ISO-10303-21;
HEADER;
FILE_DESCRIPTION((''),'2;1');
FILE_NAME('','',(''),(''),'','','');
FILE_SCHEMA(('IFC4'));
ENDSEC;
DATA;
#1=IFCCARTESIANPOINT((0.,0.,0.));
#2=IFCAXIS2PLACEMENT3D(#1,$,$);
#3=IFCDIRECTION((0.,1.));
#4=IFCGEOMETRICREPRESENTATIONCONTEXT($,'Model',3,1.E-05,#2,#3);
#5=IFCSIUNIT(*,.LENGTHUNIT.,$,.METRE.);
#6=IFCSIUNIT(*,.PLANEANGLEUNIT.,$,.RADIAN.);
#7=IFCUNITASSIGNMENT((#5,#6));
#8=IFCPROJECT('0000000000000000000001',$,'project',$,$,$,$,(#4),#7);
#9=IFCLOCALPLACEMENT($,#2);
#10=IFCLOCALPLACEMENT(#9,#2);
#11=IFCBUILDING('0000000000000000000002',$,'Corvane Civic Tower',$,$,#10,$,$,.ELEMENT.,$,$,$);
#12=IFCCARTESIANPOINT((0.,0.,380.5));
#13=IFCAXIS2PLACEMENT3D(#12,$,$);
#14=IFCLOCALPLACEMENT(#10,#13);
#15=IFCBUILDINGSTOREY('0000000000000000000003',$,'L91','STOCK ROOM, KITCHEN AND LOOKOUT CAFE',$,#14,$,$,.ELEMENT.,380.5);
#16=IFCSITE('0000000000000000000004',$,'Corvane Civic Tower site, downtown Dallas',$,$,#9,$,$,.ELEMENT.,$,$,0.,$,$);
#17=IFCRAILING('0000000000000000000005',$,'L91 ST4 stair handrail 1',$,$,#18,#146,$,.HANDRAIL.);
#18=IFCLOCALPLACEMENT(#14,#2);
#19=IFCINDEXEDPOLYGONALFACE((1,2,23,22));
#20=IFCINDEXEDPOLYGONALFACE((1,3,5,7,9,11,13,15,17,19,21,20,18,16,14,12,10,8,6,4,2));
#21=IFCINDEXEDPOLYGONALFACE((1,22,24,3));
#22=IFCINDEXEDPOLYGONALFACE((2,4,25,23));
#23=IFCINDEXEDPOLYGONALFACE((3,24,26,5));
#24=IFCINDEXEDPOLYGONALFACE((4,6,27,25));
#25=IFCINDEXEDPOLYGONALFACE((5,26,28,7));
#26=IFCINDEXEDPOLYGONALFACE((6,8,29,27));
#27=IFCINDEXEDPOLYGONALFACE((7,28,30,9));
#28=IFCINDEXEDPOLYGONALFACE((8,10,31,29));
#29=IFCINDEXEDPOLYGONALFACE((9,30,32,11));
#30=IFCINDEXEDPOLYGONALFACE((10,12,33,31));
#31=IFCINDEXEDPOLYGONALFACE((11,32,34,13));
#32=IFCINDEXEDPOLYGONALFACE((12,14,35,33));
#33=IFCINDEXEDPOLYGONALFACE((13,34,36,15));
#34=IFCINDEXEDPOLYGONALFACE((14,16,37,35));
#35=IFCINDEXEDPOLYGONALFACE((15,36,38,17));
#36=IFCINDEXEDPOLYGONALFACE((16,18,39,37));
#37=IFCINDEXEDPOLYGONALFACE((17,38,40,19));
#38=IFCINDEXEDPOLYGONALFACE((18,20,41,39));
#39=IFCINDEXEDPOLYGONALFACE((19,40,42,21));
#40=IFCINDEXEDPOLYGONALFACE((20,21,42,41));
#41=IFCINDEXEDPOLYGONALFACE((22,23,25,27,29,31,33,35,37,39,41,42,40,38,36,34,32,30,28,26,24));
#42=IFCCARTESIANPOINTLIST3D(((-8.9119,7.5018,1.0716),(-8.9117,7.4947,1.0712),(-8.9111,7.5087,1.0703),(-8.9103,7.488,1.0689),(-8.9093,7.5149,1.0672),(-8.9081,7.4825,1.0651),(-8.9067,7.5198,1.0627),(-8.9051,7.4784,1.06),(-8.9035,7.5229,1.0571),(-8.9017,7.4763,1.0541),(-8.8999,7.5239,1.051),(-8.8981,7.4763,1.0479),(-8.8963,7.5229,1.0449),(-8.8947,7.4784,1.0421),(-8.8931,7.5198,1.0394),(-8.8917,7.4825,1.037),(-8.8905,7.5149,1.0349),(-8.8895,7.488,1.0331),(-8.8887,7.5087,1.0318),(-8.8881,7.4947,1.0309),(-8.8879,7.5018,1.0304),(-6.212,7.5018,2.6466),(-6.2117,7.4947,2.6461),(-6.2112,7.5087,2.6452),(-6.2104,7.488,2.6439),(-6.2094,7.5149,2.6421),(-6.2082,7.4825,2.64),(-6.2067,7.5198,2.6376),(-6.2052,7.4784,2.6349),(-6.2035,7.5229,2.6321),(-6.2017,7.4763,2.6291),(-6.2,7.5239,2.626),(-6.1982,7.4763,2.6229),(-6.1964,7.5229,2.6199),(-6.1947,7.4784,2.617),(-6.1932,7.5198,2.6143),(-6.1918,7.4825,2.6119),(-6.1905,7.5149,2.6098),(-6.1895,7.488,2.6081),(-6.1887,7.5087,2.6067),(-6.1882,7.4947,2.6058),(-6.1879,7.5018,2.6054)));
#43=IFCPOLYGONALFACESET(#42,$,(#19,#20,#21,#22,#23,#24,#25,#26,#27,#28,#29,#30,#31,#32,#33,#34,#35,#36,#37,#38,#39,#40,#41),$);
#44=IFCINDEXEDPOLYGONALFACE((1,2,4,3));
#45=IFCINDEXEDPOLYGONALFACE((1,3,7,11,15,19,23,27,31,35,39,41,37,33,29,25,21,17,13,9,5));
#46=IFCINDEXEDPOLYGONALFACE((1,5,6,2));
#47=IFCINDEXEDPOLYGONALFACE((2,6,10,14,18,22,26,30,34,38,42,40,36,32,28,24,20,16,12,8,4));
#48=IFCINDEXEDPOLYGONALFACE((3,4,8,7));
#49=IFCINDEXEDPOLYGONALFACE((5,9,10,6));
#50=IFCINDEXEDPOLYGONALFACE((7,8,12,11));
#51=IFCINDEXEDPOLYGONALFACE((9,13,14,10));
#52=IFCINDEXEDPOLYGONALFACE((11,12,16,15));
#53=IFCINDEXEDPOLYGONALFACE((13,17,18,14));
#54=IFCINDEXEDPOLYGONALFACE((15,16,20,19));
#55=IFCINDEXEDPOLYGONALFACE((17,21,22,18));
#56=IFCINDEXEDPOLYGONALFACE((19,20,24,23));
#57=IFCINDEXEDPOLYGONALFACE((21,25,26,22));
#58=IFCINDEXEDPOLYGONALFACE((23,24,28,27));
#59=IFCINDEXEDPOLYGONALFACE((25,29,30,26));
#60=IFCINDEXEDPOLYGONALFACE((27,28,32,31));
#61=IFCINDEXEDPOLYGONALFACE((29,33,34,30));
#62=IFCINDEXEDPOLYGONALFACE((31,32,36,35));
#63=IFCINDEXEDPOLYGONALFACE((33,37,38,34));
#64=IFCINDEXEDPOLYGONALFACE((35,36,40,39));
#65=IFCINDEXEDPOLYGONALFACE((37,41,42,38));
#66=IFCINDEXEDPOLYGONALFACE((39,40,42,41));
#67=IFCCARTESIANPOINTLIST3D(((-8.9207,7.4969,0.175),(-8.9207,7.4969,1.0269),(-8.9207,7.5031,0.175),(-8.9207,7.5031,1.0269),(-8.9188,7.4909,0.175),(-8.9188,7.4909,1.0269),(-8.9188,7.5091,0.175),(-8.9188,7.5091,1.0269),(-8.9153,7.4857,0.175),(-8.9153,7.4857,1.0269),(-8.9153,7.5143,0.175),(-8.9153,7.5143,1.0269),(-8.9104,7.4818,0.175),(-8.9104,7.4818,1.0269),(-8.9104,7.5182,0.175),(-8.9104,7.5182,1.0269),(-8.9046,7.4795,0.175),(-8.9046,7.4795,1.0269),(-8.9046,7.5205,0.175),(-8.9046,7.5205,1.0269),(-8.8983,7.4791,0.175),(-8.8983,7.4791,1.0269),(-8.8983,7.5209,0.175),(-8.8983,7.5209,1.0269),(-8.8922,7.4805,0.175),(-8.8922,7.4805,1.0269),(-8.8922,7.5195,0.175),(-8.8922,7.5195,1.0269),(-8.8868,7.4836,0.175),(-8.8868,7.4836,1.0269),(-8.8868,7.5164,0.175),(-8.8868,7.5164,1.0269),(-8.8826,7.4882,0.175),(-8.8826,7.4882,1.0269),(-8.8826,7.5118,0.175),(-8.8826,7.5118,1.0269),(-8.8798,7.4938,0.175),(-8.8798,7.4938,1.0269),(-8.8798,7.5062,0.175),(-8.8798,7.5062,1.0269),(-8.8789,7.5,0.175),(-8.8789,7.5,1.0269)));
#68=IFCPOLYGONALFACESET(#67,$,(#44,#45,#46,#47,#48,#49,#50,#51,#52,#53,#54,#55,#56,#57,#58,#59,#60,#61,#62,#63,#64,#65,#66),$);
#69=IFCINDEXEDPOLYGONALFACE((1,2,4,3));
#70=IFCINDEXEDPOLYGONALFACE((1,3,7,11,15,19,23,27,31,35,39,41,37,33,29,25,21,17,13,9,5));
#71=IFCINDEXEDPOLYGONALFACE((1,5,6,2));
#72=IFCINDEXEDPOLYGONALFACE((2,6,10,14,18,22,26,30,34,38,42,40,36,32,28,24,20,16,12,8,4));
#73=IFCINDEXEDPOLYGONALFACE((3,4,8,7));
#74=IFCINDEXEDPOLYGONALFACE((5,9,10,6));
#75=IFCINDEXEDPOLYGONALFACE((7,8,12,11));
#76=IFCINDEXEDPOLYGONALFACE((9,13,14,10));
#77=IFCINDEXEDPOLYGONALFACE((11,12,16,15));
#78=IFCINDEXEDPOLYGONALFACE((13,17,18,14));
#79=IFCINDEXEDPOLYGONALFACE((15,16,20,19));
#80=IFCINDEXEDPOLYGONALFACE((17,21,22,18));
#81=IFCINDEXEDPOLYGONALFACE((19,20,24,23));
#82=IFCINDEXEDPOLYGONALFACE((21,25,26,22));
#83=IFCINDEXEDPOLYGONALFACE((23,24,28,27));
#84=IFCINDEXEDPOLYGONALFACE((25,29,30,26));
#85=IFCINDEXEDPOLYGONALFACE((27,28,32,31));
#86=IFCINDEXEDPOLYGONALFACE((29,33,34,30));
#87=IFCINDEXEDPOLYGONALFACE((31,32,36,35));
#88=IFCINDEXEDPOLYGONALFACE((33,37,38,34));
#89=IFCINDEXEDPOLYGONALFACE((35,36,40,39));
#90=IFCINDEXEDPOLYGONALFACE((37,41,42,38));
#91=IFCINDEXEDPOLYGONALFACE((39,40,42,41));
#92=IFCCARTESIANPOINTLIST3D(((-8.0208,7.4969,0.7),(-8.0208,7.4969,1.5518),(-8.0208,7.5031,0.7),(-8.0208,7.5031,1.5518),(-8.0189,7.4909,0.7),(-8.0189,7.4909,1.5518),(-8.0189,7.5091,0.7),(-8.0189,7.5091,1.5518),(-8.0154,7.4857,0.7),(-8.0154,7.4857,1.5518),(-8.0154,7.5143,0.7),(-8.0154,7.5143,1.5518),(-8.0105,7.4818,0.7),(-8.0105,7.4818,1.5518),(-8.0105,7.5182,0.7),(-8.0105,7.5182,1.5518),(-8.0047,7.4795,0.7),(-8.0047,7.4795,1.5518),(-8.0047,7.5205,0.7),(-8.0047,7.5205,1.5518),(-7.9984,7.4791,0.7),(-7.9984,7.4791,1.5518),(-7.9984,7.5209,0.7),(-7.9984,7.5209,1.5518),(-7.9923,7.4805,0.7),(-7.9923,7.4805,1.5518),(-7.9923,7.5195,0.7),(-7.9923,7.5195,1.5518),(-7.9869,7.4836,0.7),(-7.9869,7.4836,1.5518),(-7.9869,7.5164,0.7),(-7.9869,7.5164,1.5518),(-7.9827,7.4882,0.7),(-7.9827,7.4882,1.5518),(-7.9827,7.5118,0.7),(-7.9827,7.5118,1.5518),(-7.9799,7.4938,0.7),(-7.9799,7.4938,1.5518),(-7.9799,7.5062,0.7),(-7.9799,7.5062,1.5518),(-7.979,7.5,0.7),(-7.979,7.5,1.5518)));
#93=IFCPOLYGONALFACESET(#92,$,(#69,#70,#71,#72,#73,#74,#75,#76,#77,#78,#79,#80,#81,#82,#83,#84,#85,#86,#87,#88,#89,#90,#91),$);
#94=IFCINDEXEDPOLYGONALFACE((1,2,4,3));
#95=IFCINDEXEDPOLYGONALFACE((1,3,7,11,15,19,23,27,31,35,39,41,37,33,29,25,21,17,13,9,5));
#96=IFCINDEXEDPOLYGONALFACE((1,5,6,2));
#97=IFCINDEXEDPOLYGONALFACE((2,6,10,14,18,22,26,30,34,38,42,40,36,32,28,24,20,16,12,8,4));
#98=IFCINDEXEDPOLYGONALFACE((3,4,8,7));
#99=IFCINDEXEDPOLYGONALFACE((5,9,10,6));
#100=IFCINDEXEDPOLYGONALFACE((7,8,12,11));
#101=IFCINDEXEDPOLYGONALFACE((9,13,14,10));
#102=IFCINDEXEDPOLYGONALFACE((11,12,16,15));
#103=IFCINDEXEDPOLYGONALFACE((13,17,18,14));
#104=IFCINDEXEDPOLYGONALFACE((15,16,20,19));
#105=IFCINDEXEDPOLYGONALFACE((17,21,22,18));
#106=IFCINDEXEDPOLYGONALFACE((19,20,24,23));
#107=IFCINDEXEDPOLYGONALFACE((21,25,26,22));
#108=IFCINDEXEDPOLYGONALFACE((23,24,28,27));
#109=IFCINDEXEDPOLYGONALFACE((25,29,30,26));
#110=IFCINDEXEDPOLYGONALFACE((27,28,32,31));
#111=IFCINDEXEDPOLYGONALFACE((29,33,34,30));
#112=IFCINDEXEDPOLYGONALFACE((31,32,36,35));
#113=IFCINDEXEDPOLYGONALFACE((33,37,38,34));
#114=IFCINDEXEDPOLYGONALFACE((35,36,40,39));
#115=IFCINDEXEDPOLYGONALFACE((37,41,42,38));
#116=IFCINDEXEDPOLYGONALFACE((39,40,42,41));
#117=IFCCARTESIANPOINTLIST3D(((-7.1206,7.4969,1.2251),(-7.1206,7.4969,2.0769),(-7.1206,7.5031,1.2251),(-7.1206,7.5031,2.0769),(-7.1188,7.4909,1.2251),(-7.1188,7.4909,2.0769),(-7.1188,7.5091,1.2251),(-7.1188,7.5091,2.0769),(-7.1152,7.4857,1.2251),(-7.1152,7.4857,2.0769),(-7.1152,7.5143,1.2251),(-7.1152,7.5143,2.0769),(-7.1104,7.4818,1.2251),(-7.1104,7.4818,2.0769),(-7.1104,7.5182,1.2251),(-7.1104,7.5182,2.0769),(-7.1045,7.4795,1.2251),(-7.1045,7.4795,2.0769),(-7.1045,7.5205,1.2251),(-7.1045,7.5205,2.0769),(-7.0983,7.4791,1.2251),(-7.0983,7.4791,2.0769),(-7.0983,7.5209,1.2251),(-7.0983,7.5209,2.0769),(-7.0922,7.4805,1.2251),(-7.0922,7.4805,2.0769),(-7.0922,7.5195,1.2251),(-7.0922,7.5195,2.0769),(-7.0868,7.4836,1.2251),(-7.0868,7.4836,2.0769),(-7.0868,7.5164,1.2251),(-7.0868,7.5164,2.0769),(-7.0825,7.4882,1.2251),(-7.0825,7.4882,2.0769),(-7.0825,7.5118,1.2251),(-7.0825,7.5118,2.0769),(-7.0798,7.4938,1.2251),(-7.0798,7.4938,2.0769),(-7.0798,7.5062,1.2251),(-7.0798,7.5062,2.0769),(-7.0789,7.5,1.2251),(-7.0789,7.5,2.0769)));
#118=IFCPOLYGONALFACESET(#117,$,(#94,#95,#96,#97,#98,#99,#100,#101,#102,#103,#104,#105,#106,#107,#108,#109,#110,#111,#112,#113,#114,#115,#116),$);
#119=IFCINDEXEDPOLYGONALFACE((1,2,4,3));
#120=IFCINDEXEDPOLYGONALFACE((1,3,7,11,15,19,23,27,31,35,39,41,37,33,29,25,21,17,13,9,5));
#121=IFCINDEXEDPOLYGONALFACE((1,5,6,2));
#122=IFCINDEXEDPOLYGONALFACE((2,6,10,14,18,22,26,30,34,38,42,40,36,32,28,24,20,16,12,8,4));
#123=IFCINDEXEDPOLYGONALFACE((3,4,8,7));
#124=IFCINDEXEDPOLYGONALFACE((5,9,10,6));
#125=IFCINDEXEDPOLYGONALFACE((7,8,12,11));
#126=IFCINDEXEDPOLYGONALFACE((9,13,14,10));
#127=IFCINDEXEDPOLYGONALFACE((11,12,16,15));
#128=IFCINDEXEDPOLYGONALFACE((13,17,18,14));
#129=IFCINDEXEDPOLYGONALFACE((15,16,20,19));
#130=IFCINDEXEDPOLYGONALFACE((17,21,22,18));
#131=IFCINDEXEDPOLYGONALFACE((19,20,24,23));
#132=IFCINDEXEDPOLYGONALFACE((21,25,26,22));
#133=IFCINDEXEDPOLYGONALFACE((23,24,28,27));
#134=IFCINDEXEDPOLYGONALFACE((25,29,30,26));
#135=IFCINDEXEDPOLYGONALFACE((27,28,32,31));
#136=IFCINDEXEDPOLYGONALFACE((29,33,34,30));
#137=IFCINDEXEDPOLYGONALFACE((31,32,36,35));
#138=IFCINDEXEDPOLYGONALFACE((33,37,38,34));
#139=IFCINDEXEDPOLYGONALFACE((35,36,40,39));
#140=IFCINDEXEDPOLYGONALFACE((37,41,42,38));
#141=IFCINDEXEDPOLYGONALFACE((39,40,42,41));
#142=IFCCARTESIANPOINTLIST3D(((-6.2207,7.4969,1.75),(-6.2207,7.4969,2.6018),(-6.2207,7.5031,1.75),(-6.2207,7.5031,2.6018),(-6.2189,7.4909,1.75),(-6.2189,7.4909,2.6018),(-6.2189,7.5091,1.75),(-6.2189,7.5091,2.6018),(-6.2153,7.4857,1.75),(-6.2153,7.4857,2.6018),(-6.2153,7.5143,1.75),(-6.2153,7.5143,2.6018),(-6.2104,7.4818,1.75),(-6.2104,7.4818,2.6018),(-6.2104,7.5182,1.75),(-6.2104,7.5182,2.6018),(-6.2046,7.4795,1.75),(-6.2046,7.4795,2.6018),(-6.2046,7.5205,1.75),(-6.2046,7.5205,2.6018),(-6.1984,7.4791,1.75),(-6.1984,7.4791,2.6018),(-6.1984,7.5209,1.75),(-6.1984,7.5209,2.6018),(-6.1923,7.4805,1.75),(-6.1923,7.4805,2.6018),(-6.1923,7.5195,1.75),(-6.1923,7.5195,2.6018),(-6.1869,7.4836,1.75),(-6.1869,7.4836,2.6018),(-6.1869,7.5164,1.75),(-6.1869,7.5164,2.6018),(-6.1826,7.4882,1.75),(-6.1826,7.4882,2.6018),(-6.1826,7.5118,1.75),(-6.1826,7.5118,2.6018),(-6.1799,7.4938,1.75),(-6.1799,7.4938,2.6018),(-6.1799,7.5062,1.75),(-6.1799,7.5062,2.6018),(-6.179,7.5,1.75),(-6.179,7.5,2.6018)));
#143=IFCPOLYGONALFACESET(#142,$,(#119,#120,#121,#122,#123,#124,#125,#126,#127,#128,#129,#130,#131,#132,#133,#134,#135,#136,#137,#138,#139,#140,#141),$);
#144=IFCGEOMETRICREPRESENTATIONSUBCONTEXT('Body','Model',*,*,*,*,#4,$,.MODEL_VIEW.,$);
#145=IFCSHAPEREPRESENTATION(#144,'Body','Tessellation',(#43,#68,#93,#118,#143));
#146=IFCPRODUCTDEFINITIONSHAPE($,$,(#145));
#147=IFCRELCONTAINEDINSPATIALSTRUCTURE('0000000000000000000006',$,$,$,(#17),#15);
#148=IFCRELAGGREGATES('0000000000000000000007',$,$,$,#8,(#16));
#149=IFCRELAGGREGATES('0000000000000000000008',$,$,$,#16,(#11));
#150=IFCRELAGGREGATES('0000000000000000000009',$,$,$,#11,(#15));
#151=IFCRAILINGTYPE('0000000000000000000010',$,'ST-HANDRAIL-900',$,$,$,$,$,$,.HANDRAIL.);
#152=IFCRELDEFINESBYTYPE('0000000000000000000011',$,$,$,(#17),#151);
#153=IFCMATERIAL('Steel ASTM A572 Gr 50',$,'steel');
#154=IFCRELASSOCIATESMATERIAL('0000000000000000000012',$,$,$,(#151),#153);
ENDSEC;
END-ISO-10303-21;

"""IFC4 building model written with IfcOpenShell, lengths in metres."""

from ifc_helpers import new_model, si_unit, direction, frame, origin, origin_2d, place, context, subcontext, project, spatial, circle, extrude, material, type_object, element, save


model = new_model("IFC4")

# Units and contexts
model_context = context("Model", 3, precision=1e-05, world=origin(), true_north=direction((0.0, 1.0)))
body_context = subcontext(model_context, "Body", "Model", "MODEL_VIEW")
ifc_project = project(units=[si_unit("LENGTHUNIT", "METRE"), si_unit("PLANEANGLEUNIT", "RADIAN")], contexts=[model_context])

# Site, building, storey
site_placement = place(None, origin())
site = spatial("IfcSite", under=ifc_project, at=site_placement, Name="Corvane Civic Tower site, downtown Dallas", CompositionType="ELEMENT", RefElevation=0.0)
building_placement = place(site_placement, origin())
building = spatial("IfcBuilding", under=site, at=building_placement, Name="Corvane Civic Tower", CompositionType="ELEMENT")
storey_placement = place(building_placement, frame((0.0, 0.0, 380.5)))
storey = spatial("IfcBuildingStorey", under=building, at=storey_placement, Name="L91", Description="STOCK ROOM, KITCHEN AND LOOKOUT CAFE", CompositionType="ELEMENT", Elevation=380.5)

# Railing
ifc_material_1 = material(Name="Steel ASTM A572 Gr 50", Category="steel")
railing_type_1 = type_object("IfcRailingType", Name="ST-HANDRAIL-900", PredefinedType="HANDRAIL", material=ifc_material_1)
for number, where, name in (
    (1, (-8.8999, 7.5, 0.175), "L91 ST4 stair handrail 1"),
):
    element("IfcRailing", number, at=place(storey_placement, frame(where)), inside=storey, type_object=railing_type_1, Name=name, PredefinedType="HANDRAIL", context=body_context, shape_type="SweptSolid", body=[
        extrude(circle(Radius=0.0239, at=origin_2d()), frame((0.0, 0.0, 0.876), z_axis=(0.863782, 0.0, 0.503866), x_axis=(0.0, 1.0, 0.0)), (0.0, 0.0, 1.0), 3.1257),
        extrude(circle(Radius=0.021, at=origin_2d()), origin(), (0.0, 0.0, 1.0), 0.8518),
        extrude(circle(Radius=0.021, at=origin_2d()), frame((0.8999, 0.0, 0.5249)), (0.0, 0.0, 1.0), 0.8518),
        extrude(circle(Radius=0.021, at=origin_2d()), frame((1.8, 0.0, 1.05)), (0.0, 0.0, 1.0), 0.8518),
        extrude(circle(Radius=0.021, at=origin_2d()), frame((2.7, 0.0, 1.575)), (0.0, 0.0, 1.0), 0.8518),
    ])

save(model, "model.ifc")
